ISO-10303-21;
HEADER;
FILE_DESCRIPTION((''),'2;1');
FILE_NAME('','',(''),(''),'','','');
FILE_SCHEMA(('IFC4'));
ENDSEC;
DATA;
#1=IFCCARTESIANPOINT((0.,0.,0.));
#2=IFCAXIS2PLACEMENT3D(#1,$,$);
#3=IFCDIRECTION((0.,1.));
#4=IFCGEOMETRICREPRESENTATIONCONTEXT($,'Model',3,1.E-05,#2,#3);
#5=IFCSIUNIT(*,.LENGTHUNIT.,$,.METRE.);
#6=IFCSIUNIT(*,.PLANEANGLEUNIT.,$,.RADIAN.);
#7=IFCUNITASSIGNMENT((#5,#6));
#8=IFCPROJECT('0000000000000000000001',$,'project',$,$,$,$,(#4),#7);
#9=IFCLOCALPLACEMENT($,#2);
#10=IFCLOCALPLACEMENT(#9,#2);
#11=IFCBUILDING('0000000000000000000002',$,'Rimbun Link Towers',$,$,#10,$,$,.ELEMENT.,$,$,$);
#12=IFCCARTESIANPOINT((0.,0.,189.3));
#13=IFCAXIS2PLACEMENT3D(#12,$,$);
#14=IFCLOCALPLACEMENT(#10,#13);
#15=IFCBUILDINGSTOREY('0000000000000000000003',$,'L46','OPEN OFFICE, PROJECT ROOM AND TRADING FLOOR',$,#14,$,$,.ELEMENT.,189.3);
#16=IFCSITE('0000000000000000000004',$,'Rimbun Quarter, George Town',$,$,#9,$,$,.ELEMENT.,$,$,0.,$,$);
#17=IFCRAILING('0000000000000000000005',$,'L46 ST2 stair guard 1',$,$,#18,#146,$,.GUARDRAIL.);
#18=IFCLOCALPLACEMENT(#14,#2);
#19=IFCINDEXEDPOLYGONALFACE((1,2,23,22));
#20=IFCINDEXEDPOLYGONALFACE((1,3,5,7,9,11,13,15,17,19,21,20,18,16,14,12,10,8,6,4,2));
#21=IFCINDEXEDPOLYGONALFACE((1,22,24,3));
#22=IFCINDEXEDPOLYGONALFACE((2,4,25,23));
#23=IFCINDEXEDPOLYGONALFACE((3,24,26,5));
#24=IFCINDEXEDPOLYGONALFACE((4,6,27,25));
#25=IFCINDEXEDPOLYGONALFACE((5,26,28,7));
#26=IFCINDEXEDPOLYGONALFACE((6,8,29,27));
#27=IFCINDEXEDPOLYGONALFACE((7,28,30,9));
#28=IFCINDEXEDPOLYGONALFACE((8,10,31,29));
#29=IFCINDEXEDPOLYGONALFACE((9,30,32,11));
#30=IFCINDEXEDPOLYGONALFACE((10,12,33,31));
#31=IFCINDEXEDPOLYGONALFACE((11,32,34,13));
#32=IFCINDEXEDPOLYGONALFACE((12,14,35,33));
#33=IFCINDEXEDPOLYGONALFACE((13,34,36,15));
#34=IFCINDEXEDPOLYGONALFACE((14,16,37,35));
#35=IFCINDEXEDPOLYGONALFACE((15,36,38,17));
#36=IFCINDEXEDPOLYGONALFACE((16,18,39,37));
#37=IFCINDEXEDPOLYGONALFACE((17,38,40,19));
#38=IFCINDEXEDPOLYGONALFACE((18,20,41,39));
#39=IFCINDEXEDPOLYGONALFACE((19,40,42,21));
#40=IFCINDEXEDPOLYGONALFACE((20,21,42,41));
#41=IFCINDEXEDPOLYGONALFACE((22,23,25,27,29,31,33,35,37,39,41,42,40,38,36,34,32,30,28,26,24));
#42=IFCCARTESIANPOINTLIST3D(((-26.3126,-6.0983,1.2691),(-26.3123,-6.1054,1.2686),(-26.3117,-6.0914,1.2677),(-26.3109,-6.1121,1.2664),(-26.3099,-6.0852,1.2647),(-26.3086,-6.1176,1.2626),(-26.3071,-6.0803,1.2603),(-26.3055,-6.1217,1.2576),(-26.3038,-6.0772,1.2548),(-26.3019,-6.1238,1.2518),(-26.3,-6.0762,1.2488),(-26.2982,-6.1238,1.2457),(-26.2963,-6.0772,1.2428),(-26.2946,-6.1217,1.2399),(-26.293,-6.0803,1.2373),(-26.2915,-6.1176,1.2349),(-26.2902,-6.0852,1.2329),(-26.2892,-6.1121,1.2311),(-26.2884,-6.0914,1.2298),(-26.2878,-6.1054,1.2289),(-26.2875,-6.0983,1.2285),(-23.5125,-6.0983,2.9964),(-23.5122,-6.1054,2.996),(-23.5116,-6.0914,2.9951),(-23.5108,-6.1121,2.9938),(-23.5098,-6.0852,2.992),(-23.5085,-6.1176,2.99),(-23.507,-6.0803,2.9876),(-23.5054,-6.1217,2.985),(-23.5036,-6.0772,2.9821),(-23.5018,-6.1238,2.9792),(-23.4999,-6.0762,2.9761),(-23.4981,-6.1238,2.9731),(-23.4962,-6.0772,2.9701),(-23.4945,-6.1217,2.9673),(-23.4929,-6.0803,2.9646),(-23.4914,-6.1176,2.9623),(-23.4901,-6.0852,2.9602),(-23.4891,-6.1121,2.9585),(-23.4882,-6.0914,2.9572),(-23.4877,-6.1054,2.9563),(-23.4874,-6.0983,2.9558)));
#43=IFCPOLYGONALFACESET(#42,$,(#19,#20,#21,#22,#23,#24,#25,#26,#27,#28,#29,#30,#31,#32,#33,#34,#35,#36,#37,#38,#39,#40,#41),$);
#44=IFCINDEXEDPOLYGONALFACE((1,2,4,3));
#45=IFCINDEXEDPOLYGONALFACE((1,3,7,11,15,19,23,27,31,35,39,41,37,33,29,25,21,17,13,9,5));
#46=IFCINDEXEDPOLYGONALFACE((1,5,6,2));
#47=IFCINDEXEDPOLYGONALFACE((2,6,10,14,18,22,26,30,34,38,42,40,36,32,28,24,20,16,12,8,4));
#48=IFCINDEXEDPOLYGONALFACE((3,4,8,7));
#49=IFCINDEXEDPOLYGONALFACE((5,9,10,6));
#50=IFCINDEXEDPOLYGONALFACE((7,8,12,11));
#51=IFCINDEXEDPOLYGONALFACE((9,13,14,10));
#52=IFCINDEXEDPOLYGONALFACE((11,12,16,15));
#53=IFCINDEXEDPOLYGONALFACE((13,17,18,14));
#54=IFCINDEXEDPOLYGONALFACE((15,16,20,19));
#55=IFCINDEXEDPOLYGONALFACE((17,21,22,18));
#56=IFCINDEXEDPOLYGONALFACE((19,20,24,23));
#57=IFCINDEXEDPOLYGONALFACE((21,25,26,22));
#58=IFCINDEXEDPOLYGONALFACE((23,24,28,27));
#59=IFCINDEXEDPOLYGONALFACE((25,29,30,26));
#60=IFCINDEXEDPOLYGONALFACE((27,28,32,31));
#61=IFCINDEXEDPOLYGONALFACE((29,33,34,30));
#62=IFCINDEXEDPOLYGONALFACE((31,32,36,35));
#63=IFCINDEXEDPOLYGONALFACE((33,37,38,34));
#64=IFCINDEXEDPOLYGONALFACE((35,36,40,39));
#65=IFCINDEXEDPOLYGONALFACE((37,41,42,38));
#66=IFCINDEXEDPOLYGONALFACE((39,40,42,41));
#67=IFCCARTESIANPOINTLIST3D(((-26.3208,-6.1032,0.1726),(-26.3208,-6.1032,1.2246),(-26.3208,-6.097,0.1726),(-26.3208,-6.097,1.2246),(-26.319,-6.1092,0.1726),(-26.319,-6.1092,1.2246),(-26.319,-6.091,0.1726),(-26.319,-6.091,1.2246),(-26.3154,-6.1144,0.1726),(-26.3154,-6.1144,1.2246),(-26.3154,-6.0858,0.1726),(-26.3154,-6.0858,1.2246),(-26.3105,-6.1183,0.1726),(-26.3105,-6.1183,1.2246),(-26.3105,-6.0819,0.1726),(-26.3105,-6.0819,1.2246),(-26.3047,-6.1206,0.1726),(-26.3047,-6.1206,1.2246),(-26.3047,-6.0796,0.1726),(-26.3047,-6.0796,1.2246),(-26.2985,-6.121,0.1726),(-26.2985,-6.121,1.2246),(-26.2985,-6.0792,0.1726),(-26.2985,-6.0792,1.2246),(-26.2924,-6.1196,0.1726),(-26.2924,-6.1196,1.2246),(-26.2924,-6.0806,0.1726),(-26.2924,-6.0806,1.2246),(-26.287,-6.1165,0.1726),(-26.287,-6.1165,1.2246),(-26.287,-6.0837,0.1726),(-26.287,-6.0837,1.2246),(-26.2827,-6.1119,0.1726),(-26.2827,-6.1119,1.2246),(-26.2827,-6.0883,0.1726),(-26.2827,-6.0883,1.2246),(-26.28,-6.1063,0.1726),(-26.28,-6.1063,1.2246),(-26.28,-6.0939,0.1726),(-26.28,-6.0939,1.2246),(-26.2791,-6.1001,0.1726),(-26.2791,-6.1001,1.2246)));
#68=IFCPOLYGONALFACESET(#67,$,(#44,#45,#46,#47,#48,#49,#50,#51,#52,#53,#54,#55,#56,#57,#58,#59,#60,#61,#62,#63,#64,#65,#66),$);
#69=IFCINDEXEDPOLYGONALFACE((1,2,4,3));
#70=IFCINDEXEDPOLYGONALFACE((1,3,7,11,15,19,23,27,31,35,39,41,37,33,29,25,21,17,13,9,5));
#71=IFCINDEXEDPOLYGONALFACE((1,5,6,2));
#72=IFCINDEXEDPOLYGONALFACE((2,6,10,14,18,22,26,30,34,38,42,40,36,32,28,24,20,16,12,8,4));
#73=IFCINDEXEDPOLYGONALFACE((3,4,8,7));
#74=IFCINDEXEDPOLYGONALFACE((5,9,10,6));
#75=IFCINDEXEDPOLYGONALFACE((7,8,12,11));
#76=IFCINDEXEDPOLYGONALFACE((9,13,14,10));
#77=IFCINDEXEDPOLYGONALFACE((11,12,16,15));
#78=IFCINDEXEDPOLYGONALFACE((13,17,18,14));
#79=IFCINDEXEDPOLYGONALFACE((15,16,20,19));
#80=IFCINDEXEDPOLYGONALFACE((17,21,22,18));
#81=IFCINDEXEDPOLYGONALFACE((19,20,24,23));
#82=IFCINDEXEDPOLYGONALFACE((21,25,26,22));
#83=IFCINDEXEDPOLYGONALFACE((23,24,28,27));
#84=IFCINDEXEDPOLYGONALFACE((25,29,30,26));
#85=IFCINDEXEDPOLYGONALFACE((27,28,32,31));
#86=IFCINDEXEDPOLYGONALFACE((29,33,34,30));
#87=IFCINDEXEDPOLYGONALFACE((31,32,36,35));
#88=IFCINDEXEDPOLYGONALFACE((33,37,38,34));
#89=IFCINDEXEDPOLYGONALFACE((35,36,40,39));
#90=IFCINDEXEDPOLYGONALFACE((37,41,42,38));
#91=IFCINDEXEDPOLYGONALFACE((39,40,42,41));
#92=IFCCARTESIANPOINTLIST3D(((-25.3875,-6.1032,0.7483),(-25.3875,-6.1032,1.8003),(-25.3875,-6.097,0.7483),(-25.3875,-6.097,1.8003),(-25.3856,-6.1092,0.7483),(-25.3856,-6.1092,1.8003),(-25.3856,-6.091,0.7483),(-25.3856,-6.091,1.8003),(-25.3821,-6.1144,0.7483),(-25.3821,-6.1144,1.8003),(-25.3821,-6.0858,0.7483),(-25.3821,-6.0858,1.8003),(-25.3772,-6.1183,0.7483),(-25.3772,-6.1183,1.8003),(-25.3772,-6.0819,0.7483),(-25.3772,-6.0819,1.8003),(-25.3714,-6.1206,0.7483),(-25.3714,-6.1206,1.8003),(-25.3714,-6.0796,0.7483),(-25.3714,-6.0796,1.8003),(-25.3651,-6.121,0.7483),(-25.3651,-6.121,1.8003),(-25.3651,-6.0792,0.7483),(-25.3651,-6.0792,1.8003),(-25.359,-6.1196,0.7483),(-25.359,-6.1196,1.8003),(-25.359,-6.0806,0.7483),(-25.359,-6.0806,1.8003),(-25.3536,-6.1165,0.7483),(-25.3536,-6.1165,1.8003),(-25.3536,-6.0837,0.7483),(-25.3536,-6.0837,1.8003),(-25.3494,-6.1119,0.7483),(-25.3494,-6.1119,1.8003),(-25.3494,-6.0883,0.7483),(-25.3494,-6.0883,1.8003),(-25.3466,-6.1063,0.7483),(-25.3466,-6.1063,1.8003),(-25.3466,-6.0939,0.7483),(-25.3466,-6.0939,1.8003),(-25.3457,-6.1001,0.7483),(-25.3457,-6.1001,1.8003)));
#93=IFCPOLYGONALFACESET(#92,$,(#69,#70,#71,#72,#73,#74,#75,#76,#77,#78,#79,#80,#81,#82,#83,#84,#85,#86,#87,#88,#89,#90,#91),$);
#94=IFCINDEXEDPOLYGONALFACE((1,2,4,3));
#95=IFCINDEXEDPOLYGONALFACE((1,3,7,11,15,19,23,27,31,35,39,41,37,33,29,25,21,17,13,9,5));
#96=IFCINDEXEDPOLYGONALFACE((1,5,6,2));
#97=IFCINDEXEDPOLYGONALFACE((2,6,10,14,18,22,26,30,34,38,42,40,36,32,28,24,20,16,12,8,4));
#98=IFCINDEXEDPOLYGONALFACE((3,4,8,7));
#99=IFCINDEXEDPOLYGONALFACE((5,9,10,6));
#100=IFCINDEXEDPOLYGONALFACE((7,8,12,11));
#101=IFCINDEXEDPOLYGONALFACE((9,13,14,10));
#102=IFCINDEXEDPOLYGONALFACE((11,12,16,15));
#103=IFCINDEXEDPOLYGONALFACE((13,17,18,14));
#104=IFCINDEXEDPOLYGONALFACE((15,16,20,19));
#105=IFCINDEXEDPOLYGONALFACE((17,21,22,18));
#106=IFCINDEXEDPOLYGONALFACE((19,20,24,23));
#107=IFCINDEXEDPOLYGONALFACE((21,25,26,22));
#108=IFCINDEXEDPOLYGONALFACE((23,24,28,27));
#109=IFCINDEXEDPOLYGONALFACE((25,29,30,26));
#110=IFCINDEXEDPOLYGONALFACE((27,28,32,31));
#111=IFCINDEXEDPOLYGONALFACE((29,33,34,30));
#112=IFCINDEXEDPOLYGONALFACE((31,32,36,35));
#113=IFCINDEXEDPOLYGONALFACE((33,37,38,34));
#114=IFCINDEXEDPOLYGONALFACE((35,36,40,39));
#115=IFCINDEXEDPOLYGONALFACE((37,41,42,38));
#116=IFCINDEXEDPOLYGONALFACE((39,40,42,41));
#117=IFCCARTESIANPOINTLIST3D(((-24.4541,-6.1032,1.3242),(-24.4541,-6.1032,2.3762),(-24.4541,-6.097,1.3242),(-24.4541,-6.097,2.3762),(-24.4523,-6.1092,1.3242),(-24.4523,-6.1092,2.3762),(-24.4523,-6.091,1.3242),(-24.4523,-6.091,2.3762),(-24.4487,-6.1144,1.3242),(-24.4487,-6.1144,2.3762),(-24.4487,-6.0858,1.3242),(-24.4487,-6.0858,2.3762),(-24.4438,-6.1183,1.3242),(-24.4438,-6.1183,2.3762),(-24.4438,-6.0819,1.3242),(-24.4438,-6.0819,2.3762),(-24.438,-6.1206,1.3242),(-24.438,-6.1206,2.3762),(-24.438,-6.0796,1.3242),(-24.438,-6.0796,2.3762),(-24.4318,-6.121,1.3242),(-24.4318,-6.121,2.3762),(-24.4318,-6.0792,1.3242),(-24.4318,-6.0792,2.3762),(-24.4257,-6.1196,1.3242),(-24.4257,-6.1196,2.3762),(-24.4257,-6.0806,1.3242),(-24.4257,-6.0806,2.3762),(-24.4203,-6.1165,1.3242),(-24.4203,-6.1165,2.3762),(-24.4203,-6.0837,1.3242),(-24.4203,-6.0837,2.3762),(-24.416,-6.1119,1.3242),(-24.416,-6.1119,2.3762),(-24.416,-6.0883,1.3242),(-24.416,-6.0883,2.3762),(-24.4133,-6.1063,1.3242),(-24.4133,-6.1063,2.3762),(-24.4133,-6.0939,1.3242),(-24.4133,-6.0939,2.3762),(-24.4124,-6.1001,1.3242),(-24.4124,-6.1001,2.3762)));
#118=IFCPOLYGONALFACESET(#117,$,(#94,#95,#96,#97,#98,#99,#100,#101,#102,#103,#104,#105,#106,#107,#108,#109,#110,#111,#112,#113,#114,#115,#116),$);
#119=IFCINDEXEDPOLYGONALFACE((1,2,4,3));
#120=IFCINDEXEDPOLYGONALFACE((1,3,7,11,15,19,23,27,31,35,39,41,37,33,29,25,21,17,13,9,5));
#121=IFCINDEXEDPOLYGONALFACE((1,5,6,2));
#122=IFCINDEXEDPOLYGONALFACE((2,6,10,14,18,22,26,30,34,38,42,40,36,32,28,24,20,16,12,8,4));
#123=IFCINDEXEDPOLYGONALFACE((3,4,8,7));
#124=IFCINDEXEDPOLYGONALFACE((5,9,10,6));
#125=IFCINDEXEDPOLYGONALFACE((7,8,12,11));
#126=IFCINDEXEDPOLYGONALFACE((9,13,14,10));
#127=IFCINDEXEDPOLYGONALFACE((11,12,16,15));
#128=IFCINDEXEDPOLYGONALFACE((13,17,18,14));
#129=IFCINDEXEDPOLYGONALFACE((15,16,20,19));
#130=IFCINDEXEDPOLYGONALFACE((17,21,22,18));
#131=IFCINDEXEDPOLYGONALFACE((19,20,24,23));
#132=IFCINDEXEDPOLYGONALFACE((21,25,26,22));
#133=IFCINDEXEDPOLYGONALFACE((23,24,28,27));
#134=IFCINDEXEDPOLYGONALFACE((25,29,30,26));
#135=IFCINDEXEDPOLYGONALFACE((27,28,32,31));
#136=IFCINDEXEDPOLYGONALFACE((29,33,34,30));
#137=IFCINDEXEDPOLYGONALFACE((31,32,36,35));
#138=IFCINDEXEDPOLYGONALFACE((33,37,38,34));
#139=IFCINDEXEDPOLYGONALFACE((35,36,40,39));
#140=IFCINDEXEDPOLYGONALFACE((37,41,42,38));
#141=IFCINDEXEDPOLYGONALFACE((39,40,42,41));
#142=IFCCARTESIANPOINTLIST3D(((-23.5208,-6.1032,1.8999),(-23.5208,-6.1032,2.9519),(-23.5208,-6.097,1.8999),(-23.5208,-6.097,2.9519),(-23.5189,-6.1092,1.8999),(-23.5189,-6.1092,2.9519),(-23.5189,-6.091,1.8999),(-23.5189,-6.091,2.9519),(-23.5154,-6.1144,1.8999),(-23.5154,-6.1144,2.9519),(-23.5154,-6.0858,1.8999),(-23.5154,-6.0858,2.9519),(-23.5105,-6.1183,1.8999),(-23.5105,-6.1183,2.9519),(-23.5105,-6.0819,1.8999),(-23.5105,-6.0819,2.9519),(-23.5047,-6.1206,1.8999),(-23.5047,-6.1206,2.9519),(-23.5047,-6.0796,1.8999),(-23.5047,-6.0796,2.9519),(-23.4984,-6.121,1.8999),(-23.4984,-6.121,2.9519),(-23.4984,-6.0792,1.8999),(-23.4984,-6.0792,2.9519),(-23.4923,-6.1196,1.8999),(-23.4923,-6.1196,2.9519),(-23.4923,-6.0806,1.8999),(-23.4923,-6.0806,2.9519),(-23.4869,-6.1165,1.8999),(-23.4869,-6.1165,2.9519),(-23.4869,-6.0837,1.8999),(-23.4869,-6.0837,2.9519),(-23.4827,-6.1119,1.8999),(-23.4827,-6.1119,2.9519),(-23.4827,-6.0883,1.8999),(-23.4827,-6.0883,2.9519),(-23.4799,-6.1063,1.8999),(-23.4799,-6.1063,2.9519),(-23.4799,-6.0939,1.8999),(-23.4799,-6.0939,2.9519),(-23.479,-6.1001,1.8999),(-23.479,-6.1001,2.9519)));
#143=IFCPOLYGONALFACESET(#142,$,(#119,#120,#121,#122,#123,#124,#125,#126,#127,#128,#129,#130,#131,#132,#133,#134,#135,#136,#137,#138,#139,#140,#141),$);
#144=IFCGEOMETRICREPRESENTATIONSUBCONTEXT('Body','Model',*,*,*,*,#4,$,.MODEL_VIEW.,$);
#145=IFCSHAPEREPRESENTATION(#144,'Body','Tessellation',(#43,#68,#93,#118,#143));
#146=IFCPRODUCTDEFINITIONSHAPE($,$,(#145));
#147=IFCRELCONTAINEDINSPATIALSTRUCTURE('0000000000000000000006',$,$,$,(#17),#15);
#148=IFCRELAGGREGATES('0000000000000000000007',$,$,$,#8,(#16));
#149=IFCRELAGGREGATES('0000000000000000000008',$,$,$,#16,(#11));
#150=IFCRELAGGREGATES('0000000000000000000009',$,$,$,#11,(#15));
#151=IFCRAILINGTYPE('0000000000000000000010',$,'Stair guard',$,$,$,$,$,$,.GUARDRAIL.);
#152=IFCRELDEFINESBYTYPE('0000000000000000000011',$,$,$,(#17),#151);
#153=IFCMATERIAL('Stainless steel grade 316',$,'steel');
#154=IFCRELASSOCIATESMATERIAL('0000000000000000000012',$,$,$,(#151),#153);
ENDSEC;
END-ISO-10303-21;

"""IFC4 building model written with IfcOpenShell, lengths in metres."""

from ifc_helpers import new_model, si_unit, direction, frame, origin, origin_2d, place, context, subcontext, project, spatial, circle, extrude, material, type_object, element, save


model = new_model("IFC4")

# Units and contexts
model_context = context("Model", 3, precision=1e-05, world=origin(), true_north=direction((0.0, 1.0)))
body_context = subcontext(model_context, "Body", "Model", "MODEL_VIEW")
ifc_project = project(units=[si_unit("LENGTHUNIT", "METRE"), si_unit("PLANEANGLEUNIT", "RADIAN")], contexts=[model_context])

# Site, building, storey
site_placement = place(None, origin())
site = spatial("IfcSite", under=ifc_project, at=site_placement, Name="Rimbun Quarter, George Town", CompositionType="ELEMENT", RefElevation=0.0)
building_placement = place(site_placement, origin())
building = spatial("IfcBuilding", under=site, at=building_placement, Name="Rimbun Link Towers", CompositionType="ELEMENT")
storey_placement = place(building_placement, frame((0.0, 0.0, 189.3)))
storey = spatial("IfcBuildingStorey", under=building, at=storey_placement, Name="L46", Description="OPEN OFFICE, PROJECT ROOM AND TRADING FLOOR", CompositionType="ELEMENT", Elevation=189.3)

# Railing
ifc_material_1 = material(Name="Stainless steel grade 316", Category="steel")
railing_type_1 = type_object("IfcRailingType", Name="Stair guard", PredefinedType="GUARDRAIL", material=ifc_material_1)
railing_1_placement = place(storey_placement, frame((-26.3, -6.1001, 0.1726)))
element("IfcRailing", 1, at=railing_1_placement, inside=storey, type_object=railing_type_1, Name="L46 ST2 stair guard 1", PredefinedType="GUARDRAIL", context=body_context, shape_type="SweptSolid", body=[
    extrude(circle(Radius=0.0239, at=origin_2d()), frame((0.0, 0.0, 1.0762), z_axis=(0.85109, 0.0, 0.52502), x_axis=(0.0, 1.0, 0.0)), (0.0, 0.0, 1.0), 3.29),
    extrude(circle(Radius=0.021, at=origin_2d()), origin(), (0.0, 0.0, 1.0), 1.052),
    extrude(circle(Radius=0.021, at=origin_2d()), frame((0.9333, 0.0, 0.5757)), (0.0, 0.0, 1.0), 1.052),
    extrude(circle(Radius=0.021, at=origin_2d()), frame((1.8667, 0.0, 1.1516)), (0.0, 0.0, 1.0), 1.052),
    extrude(circle(Radius=0.021, at=origin_2d()), frame((2.8, 0.0, 1.7273)), (0.0, 0.0, 1.0), 1.052),
])

save(model, "model.ifc")
